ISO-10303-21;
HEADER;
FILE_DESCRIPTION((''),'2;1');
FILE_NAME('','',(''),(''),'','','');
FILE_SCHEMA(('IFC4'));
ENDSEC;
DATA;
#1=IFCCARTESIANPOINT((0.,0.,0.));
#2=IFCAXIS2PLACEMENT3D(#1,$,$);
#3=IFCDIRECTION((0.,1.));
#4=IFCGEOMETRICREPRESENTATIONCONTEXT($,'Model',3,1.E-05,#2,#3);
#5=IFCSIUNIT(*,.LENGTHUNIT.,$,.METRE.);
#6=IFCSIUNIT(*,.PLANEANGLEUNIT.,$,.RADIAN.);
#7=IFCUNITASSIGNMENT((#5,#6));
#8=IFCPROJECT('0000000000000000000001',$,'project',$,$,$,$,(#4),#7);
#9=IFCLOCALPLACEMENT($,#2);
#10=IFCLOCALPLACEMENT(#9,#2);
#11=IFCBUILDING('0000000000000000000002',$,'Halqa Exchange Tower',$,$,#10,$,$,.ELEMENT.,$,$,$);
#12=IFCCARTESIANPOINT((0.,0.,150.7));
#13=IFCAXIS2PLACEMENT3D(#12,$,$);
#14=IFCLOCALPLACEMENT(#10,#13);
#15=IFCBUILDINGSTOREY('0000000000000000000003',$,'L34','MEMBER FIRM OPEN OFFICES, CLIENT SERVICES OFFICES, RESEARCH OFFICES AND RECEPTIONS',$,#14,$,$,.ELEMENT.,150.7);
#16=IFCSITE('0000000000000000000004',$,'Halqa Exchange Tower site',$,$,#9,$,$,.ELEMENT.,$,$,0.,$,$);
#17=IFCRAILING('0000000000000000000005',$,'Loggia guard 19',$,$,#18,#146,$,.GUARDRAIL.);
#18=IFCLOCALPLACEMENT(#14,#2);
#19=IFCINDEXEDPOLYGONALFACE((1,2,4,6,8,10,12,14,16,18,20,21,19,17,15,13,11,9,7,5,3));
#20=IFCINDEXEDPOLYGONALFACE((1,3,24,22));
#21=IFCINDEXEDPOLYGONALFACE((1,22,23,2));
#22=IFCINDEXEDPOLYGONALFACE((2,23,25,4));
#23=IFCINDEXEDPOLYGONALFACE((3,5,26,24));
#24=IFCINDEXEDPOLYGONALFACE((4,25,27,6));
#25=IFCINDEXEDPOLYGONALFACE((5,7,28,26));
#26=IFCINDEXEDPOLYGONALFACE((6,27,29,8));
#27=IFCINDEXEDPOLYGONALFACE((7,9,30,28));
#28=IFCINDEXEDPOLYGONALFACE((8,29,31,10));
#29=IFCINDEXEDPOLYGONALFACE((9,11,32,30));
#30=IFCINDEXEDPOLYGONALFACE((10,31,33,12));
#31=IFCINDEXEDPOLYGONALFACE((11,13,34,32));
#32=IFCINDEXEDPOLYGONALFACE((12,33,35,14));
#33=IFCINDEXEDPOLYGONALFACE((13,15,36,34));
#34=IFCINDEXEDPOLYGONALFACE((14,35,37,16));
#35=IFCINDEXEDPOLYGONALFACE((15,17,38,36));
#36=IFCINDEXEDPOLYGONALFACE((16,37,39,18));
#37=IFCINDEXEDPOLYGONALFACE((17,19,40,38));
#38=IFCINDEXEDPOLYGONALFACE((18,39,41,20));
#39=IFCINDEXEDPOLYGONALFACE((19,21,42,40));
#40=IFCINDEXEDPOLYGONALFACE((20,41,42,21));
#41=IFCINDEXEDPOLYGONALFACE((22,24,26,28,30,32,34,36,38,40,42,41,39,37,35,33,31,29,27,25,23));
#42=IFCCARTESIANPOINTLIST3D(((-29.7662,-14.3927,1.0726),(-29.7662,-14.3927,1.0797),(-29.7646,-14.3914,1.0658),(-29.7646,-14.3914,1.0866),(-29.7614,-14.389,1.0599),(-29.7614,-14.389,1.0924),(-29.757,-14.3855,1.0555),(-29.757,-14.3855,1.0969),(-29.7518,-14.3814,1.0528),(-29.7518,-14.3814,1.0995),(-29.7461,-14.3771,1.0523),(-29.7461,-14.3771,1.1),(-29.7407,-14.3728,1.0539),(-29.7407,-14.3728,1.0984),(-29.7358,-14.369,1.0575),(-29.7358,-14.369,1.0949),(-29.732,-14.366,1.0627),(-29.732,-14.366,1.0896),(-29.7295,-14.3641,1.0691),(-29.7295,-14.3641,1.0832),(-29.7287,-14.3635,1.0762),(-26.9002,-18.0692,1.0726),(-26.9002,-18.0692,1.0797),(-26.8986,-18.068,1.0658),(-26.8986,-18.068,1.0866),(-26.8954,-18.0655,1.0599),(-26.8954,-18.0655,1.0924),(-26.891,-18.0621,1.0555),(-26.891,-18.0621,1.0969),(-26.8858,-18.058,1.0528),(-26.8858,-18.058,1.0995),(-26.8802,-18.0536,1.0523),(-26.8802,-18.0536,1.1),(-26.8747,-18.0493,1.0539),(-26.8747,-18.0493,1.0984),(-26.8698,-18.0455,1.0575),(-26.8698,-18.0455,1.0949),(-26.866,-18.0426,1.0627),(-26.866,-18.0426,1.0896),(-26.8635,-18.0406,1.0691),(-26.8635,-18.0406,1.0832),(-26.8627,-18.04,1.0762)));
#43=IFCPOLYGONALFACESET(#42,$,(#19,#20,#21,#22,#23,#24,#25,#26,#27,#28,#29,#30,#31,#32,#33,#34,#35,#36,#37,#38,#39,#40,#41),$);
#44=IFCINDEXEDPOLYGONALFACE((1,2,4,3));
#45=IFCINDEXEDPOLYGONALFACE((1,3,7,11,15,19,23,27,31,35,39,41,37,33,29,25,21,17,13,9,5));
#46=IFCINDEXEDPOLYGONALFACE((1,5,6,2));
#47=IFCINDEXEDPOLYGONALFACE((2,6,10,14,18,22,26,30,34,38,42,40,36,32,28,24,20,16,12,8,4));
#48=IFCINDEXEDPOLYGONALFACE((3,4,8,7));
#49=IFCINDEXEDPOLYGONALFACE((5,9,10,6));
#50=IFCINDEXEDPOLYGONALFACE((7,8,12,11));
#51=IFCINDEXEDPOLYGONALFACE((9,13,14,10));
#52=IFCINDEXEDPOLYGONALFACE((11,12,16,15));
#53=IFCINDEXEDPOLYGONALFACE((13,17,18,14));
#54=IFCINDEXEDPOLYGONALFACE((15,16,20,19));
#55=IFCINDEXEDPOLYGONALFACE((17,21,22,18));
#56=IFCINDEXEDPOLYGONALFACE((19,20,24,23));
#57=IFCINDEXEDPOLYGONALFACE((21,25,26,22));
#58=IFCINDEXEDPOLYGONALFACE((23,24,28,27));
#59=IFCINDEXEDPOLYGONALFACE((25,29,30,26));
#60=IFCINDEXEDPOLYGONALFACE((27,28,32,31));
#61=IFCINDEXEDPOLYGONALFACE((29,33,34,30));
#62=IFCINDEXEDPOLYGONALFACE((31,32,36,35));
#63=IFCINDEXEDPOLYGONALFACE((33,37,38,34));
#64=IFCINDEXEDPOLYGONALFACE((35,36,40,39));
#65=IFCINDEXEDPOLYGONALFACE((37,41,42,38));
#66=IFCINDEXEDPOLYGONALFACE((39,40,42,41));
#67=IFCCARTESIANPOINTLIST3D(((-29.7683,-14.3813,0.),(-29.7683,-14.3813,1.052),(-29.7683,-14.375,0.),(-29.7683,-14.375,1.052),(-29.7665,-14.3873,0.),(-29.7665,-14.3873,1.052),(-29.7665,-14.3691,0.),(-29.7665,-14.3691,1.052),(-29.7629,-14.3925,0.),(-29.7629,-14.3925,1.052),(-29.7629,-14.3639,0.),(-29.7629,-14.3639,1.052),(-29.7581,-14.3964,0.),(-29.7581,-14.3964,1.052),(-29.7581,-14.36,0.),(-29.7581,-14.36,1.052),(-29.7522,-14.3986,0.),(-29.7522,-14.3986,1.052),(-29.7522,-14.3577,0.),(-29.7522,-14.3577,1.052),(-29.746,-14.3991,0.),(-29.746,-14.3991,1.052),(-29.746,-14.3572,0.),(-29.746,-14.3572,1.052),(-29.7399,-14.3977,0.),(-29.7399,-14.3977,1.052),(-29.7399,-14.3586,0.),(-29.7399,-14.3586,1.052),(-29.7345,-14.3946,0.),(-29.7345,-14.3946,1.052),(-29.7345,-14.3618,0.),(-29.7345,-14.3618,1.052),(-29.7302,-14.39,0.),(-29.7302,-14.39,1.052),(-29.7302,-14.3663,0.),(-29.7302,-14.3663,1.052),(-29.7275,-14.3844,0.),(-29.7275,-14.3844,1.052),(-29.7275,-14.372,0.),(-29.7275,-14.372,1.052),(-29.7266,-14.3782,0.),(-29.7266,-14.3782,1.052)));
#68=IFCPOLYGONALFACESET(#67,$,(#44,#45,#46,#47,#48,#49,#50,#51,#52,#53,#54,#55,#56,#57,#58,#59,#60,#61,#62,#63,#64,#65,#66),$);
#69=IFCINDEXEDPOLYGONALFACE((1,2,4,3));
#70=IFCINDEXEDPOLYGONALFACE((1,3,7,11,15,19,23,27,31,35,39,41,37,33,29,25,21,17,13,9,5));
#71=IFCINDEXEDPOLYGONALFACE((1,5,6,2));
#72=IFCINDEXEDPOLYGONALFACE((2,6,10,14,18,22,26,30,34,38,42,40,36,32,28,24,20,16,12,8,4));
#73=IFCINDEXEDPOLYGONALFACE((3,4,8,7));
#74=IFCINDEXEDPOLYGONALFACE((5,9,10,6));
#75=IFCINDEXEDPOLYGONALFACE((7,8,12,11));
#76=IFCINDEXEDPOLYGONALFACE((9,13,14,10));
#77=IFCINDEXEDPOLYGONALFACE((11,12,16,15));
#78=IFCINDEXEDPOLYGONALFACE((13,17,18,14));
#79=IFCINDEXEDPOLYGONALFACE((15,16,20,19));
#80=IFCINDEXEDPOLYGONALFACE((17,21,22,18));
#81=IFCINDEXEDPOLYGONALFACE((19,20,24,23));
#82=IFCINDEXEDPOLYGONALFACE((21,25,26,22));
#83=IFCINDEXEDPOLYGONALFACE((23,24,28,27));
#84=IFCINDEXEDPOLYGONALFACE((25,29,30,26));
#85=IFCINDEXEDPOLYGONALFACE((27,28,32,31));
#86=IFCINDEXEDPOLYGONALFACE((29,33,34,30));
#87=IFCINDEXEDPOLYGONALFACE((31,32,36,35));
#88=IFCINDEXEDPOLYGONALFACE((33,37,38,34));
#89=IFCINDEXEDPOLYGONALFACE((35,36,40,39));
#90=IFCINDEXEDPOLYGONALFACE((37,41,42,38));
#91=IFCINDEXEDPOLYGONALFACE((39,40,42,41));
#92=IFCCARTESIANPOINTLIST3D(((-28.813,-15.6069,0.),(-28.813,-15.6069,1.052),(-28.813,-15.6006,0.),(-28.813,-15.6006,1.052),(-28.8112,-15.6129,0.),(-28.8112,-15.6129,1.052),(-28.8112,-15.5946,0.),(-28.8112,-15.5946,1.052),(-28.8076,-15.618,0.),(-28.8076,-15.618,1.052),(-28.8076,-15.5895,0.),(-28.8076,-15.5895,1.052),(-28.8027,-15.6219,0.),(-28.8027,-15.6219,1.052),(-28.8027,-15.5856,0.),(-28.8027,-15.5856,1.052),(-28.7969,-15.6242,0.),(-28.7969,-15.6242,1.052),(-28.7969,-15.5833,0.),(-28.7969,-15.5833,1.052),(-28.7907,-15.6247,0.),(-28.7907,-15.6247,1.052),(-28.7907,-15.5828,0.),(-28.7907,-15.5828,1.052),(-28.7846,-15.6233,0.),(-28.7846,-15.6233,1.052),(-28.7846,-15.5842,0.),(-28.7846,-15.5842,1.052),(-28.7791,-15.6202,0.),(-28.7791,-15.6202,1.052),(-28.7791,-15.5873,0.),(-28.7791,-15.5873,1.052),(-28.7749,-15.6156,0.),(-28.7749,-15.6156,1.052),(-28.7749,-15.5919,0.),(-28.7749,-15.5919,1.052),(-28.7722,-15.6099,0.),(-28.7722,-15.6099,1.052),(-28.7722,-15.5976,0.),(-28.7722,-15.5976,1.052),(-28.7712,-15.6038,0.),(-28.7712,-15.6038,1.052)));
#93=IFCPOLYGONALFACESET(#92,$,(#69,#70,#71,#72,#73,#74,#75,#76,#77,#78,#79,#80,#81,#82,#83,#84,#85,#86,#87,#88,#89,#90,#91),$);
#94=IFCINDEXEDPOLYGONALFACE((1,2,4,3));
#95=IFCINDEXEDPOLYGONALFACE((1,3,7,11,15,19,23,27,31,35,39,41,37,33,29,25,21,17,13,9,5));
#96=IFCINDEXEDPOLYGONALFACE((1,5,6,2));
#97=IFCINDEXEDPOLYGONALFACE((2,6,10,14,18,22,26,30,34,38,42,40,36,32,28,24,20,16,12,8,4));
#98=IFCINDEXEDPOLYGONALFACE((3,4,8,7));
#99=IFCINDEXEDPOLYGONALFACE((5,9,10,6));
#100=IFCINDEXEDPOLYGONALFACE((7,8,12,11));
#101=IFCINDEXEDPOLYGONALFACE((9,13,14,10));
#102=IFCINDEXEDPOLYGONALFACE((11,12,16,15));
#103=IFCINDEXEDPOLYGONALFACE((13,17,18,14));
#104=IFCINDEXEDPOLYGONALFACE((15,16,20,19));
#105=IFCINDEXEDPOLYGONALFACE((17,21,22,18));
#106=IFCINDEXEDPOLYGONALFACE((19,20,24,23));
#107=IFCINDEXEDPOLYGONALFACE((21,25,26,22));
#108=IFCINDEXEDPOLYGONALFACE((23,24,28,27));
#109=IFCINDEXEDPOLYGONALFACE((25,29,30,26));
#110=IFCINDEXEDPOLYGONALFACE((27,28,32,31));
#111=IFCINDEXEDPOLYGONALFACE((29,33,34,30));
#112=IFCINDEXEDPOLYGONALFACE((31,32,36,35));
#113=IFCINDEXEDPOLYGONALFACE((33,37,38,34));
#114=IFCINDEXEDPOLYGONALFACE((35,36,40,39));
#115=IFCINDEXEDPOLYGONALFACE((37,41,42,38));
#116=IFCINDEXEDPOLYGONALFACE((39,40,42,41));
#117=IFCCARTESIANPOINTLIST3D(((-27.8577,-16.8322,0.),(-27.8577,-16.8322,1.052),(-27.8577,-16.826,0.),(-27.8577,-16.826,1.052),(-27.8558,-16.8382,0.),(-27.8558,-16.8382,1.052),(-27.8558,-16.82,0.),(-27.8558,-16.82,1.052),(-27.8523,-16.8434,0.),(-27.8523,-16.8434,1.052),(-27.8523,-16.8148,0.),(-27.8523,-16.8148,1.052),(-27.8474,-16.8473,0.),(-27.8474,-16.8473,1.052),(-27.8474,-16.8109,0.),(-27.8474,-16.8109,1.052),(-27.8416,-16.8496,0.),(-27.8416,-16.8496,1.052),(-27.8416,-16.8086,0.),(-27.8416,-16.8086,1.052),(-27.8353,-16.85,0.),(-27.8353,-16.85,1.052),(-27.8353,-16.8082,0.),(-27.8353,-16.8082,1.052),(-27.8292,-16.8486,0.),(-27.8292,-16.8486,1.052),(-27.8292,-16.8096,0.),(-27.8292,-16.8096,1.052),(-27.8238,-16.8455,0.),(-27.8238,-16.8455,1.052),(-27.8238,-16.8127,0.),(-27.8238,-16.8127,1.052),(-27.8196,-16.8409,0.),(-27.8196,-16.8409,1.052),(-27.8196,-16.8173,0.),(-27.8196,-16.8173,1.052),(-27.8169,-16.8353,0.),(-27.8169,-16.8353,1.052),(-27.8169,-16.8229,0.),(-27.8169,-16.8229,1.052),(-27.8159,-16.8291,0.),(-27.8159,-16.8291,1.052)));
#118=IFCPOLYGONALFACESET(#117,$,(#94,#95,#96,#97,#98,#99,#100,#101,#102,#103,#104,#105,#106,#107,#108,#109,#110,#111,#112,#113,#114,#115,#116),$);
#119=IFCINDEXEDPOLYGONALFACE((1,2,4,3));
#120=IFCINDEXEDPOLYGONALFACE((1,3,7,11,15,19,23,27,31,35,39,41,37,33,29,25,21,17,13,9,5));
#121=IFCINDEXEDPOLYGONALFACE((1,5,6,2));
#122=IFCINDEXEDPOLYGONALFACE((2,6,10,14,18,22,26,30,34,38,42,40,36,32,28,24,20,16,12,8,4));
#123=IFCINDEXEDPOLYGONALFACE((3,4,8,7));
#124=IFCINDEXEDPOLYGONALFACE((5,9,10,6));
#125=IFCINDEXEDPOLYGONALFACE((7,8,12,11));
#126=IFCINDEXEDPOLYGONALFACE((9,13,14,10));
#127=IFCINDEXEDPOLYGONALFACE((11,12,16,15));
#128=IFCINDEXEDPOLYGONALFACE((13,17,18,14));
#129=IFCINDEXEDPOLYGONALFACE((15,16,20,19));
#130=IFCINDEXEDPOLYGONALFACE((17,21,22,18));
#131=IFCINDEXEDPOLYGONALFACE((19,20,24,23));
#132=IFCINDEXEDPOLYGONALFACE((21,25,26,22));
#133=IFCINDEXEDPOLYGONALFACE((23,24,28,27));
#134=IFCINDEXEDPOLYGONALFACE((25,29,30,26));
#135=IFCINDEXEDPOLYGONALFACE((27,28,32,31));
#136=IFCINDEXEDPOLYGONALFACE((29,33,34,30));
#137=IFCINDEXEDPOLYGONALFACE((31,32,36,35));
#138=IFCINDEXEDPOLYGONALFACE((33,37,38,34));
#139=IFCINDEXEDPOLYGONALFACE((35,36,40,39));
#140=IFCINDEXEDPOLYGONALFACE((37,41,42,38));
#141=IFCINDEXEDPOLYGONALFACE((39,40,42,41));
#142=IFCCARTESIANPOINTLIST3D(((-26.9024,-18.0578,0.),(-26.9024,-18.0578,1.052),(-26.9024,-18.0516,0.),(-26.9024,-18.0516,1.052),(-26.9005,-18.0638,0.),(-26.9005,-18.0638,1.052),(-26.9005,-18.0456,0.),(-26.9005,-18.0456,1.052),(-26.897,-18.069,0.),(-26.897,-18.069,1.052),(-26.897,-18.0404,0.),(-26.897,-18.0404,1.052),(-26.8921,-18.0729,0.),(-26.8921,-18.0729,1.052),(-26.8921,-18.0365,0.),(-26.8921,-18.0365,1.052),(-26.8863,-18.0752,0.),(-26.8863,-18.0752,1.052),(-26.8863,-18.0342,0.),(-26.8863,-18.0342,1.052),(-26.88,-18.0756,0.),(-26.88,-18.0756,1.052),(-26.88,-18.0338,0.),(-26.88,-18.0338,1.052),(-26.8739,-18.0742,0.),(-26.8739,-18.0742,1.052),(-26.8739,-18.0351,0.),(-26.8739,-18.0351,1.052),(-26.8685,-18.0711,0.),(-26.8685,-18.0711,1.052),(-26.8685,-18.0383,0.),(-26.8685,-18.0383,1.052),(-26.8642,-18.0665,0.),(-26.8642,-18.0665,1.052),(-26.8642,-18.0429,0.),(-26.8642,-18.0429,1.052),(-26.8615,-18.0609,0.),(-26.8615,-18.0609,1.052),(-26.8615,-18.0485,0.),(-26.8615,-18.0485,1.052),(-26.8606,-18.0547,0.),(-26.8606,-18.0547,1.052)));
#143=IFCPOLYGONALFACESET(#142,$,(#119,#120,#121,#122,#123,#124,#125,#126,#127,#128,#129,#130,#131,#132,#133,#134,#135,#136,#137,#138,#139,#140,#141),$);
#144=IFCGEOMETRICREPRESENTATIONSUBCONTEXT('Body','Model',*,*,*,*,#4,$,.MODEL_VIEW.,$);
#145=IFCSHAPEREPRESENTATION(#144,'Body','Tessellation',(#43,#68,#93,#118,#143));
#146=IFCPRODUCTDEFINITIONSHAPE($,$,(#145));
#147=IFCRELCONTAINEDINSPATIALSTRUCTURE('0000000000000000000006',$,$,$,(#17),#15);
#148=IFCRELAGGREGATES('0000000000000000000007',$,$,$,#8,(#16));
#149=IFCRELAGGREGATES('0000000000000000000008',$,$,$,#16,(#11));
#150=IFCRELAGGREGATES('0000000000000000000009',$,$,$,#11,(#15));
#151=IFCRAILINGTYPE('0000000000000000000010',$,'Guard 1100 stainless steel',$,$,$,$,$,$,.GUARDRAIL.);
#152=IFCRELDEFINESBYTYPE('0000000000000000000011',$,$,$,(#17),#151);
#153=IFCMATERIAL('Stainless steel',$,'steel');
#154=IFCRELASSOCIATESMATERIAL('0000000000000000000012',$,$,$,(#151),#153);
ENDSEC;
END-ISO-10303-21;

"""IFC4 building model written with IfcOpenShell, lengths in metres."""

from ifc_helpers import new_model, si_unit, direction, frame, origin, origin_2d, place, context, subcontext, project, spatial, circle, extrude, material, type_object, element, save


model = new_model("IFC4")

# Units and contexts
model_context = context("Model", 3, precision=1e-05, world=origin(), true_north=direction((0.0, 1.0)))
body_context = subcontext(model_context, "Body", "Model", "MODEL_VIEW")
ifc_project = project(units=[si_unit("LENGTHUNIT", "METRE"), si_unit("PLANEANGLEUNIT", "RADIAN")], contexts=[model_context])

# Site, building, storey
site_placement = place(None, origin())
site = spatial("IfcSite", under=ifc_project, at=site_placement, Name="Halqa Exchange Tower site", CompositionType="ELEMENT", RefElevation=0.0)
building_placement = place(site_placement, origin())
building = spatial("IfcBuilding", under=site, at=building_placement, Name="Halqa Exchange Tower", CompositionType="ELEMENT")
storey_placement = place(building_placement, frame((0.0, 0.0, 150.7)))
storey = spatial("IfcBuildingStorey", under=building, at=storey_placement, Name="L34", Description="MEMBER FIRM OPEN OFFICES, CLIENT SERVICES OFFICES, RESEARCH OFFICES AND RECEPTIONS", CompositionType="ELEMENT", Elevation=150.7)

# Railing
ifc_material_1 = material(Name="Stainless steel", Category="steel")
railing_type = type_object("IfcRailingType", Name="Guard 1100 stainless steel", PredefinedType="GUARDRAIL", material=ifc_material_1)
railing_1_placement = place(storey_placement, frame((-29.7476, -14.3782, 0.0)))
element("IfcRailing", 1, at=railing_1_placement, inside=storey, type_object=railing_type, Name="Loggia guard 19", PredefinedType="GUARDRAIL", context=body_context, shape_type="SweptSolid", body=[
    extrude(circle(Radius=0.0239, at=origin_2d()), frame((0.0, 0.0, 1.0762), z_axis=(0.614803, -0.788681, 0.0), x_axis=(0.788681, 0.614803, 0.0)), (0.0, 0.0, 1.0), 4.6616),
    extrude(circle(Radius=0.021, at=origin_2d()), origin(), (0.0, 0.0, 1.0), 1.052),
    extrude(circle(Radius=0.021, at=origin_2d()), frame((0.9553, -1.2256, 0.0)), (0.0, 0.0, 1.0), 1.052),
    extrude(circle(Radius=0.021, at=origin_2d()), frame((1.9106, -2.4509, 0.0)), (0.0, 0.0, 1.0), 1.052),
    extrude(circle(Radius=0.021, at=origin_2d()), frame((2.866, -3.6765, 0.0)), (0.0, 0.0, 1.0), 1.052),
])

save(model, "model.ifc")
